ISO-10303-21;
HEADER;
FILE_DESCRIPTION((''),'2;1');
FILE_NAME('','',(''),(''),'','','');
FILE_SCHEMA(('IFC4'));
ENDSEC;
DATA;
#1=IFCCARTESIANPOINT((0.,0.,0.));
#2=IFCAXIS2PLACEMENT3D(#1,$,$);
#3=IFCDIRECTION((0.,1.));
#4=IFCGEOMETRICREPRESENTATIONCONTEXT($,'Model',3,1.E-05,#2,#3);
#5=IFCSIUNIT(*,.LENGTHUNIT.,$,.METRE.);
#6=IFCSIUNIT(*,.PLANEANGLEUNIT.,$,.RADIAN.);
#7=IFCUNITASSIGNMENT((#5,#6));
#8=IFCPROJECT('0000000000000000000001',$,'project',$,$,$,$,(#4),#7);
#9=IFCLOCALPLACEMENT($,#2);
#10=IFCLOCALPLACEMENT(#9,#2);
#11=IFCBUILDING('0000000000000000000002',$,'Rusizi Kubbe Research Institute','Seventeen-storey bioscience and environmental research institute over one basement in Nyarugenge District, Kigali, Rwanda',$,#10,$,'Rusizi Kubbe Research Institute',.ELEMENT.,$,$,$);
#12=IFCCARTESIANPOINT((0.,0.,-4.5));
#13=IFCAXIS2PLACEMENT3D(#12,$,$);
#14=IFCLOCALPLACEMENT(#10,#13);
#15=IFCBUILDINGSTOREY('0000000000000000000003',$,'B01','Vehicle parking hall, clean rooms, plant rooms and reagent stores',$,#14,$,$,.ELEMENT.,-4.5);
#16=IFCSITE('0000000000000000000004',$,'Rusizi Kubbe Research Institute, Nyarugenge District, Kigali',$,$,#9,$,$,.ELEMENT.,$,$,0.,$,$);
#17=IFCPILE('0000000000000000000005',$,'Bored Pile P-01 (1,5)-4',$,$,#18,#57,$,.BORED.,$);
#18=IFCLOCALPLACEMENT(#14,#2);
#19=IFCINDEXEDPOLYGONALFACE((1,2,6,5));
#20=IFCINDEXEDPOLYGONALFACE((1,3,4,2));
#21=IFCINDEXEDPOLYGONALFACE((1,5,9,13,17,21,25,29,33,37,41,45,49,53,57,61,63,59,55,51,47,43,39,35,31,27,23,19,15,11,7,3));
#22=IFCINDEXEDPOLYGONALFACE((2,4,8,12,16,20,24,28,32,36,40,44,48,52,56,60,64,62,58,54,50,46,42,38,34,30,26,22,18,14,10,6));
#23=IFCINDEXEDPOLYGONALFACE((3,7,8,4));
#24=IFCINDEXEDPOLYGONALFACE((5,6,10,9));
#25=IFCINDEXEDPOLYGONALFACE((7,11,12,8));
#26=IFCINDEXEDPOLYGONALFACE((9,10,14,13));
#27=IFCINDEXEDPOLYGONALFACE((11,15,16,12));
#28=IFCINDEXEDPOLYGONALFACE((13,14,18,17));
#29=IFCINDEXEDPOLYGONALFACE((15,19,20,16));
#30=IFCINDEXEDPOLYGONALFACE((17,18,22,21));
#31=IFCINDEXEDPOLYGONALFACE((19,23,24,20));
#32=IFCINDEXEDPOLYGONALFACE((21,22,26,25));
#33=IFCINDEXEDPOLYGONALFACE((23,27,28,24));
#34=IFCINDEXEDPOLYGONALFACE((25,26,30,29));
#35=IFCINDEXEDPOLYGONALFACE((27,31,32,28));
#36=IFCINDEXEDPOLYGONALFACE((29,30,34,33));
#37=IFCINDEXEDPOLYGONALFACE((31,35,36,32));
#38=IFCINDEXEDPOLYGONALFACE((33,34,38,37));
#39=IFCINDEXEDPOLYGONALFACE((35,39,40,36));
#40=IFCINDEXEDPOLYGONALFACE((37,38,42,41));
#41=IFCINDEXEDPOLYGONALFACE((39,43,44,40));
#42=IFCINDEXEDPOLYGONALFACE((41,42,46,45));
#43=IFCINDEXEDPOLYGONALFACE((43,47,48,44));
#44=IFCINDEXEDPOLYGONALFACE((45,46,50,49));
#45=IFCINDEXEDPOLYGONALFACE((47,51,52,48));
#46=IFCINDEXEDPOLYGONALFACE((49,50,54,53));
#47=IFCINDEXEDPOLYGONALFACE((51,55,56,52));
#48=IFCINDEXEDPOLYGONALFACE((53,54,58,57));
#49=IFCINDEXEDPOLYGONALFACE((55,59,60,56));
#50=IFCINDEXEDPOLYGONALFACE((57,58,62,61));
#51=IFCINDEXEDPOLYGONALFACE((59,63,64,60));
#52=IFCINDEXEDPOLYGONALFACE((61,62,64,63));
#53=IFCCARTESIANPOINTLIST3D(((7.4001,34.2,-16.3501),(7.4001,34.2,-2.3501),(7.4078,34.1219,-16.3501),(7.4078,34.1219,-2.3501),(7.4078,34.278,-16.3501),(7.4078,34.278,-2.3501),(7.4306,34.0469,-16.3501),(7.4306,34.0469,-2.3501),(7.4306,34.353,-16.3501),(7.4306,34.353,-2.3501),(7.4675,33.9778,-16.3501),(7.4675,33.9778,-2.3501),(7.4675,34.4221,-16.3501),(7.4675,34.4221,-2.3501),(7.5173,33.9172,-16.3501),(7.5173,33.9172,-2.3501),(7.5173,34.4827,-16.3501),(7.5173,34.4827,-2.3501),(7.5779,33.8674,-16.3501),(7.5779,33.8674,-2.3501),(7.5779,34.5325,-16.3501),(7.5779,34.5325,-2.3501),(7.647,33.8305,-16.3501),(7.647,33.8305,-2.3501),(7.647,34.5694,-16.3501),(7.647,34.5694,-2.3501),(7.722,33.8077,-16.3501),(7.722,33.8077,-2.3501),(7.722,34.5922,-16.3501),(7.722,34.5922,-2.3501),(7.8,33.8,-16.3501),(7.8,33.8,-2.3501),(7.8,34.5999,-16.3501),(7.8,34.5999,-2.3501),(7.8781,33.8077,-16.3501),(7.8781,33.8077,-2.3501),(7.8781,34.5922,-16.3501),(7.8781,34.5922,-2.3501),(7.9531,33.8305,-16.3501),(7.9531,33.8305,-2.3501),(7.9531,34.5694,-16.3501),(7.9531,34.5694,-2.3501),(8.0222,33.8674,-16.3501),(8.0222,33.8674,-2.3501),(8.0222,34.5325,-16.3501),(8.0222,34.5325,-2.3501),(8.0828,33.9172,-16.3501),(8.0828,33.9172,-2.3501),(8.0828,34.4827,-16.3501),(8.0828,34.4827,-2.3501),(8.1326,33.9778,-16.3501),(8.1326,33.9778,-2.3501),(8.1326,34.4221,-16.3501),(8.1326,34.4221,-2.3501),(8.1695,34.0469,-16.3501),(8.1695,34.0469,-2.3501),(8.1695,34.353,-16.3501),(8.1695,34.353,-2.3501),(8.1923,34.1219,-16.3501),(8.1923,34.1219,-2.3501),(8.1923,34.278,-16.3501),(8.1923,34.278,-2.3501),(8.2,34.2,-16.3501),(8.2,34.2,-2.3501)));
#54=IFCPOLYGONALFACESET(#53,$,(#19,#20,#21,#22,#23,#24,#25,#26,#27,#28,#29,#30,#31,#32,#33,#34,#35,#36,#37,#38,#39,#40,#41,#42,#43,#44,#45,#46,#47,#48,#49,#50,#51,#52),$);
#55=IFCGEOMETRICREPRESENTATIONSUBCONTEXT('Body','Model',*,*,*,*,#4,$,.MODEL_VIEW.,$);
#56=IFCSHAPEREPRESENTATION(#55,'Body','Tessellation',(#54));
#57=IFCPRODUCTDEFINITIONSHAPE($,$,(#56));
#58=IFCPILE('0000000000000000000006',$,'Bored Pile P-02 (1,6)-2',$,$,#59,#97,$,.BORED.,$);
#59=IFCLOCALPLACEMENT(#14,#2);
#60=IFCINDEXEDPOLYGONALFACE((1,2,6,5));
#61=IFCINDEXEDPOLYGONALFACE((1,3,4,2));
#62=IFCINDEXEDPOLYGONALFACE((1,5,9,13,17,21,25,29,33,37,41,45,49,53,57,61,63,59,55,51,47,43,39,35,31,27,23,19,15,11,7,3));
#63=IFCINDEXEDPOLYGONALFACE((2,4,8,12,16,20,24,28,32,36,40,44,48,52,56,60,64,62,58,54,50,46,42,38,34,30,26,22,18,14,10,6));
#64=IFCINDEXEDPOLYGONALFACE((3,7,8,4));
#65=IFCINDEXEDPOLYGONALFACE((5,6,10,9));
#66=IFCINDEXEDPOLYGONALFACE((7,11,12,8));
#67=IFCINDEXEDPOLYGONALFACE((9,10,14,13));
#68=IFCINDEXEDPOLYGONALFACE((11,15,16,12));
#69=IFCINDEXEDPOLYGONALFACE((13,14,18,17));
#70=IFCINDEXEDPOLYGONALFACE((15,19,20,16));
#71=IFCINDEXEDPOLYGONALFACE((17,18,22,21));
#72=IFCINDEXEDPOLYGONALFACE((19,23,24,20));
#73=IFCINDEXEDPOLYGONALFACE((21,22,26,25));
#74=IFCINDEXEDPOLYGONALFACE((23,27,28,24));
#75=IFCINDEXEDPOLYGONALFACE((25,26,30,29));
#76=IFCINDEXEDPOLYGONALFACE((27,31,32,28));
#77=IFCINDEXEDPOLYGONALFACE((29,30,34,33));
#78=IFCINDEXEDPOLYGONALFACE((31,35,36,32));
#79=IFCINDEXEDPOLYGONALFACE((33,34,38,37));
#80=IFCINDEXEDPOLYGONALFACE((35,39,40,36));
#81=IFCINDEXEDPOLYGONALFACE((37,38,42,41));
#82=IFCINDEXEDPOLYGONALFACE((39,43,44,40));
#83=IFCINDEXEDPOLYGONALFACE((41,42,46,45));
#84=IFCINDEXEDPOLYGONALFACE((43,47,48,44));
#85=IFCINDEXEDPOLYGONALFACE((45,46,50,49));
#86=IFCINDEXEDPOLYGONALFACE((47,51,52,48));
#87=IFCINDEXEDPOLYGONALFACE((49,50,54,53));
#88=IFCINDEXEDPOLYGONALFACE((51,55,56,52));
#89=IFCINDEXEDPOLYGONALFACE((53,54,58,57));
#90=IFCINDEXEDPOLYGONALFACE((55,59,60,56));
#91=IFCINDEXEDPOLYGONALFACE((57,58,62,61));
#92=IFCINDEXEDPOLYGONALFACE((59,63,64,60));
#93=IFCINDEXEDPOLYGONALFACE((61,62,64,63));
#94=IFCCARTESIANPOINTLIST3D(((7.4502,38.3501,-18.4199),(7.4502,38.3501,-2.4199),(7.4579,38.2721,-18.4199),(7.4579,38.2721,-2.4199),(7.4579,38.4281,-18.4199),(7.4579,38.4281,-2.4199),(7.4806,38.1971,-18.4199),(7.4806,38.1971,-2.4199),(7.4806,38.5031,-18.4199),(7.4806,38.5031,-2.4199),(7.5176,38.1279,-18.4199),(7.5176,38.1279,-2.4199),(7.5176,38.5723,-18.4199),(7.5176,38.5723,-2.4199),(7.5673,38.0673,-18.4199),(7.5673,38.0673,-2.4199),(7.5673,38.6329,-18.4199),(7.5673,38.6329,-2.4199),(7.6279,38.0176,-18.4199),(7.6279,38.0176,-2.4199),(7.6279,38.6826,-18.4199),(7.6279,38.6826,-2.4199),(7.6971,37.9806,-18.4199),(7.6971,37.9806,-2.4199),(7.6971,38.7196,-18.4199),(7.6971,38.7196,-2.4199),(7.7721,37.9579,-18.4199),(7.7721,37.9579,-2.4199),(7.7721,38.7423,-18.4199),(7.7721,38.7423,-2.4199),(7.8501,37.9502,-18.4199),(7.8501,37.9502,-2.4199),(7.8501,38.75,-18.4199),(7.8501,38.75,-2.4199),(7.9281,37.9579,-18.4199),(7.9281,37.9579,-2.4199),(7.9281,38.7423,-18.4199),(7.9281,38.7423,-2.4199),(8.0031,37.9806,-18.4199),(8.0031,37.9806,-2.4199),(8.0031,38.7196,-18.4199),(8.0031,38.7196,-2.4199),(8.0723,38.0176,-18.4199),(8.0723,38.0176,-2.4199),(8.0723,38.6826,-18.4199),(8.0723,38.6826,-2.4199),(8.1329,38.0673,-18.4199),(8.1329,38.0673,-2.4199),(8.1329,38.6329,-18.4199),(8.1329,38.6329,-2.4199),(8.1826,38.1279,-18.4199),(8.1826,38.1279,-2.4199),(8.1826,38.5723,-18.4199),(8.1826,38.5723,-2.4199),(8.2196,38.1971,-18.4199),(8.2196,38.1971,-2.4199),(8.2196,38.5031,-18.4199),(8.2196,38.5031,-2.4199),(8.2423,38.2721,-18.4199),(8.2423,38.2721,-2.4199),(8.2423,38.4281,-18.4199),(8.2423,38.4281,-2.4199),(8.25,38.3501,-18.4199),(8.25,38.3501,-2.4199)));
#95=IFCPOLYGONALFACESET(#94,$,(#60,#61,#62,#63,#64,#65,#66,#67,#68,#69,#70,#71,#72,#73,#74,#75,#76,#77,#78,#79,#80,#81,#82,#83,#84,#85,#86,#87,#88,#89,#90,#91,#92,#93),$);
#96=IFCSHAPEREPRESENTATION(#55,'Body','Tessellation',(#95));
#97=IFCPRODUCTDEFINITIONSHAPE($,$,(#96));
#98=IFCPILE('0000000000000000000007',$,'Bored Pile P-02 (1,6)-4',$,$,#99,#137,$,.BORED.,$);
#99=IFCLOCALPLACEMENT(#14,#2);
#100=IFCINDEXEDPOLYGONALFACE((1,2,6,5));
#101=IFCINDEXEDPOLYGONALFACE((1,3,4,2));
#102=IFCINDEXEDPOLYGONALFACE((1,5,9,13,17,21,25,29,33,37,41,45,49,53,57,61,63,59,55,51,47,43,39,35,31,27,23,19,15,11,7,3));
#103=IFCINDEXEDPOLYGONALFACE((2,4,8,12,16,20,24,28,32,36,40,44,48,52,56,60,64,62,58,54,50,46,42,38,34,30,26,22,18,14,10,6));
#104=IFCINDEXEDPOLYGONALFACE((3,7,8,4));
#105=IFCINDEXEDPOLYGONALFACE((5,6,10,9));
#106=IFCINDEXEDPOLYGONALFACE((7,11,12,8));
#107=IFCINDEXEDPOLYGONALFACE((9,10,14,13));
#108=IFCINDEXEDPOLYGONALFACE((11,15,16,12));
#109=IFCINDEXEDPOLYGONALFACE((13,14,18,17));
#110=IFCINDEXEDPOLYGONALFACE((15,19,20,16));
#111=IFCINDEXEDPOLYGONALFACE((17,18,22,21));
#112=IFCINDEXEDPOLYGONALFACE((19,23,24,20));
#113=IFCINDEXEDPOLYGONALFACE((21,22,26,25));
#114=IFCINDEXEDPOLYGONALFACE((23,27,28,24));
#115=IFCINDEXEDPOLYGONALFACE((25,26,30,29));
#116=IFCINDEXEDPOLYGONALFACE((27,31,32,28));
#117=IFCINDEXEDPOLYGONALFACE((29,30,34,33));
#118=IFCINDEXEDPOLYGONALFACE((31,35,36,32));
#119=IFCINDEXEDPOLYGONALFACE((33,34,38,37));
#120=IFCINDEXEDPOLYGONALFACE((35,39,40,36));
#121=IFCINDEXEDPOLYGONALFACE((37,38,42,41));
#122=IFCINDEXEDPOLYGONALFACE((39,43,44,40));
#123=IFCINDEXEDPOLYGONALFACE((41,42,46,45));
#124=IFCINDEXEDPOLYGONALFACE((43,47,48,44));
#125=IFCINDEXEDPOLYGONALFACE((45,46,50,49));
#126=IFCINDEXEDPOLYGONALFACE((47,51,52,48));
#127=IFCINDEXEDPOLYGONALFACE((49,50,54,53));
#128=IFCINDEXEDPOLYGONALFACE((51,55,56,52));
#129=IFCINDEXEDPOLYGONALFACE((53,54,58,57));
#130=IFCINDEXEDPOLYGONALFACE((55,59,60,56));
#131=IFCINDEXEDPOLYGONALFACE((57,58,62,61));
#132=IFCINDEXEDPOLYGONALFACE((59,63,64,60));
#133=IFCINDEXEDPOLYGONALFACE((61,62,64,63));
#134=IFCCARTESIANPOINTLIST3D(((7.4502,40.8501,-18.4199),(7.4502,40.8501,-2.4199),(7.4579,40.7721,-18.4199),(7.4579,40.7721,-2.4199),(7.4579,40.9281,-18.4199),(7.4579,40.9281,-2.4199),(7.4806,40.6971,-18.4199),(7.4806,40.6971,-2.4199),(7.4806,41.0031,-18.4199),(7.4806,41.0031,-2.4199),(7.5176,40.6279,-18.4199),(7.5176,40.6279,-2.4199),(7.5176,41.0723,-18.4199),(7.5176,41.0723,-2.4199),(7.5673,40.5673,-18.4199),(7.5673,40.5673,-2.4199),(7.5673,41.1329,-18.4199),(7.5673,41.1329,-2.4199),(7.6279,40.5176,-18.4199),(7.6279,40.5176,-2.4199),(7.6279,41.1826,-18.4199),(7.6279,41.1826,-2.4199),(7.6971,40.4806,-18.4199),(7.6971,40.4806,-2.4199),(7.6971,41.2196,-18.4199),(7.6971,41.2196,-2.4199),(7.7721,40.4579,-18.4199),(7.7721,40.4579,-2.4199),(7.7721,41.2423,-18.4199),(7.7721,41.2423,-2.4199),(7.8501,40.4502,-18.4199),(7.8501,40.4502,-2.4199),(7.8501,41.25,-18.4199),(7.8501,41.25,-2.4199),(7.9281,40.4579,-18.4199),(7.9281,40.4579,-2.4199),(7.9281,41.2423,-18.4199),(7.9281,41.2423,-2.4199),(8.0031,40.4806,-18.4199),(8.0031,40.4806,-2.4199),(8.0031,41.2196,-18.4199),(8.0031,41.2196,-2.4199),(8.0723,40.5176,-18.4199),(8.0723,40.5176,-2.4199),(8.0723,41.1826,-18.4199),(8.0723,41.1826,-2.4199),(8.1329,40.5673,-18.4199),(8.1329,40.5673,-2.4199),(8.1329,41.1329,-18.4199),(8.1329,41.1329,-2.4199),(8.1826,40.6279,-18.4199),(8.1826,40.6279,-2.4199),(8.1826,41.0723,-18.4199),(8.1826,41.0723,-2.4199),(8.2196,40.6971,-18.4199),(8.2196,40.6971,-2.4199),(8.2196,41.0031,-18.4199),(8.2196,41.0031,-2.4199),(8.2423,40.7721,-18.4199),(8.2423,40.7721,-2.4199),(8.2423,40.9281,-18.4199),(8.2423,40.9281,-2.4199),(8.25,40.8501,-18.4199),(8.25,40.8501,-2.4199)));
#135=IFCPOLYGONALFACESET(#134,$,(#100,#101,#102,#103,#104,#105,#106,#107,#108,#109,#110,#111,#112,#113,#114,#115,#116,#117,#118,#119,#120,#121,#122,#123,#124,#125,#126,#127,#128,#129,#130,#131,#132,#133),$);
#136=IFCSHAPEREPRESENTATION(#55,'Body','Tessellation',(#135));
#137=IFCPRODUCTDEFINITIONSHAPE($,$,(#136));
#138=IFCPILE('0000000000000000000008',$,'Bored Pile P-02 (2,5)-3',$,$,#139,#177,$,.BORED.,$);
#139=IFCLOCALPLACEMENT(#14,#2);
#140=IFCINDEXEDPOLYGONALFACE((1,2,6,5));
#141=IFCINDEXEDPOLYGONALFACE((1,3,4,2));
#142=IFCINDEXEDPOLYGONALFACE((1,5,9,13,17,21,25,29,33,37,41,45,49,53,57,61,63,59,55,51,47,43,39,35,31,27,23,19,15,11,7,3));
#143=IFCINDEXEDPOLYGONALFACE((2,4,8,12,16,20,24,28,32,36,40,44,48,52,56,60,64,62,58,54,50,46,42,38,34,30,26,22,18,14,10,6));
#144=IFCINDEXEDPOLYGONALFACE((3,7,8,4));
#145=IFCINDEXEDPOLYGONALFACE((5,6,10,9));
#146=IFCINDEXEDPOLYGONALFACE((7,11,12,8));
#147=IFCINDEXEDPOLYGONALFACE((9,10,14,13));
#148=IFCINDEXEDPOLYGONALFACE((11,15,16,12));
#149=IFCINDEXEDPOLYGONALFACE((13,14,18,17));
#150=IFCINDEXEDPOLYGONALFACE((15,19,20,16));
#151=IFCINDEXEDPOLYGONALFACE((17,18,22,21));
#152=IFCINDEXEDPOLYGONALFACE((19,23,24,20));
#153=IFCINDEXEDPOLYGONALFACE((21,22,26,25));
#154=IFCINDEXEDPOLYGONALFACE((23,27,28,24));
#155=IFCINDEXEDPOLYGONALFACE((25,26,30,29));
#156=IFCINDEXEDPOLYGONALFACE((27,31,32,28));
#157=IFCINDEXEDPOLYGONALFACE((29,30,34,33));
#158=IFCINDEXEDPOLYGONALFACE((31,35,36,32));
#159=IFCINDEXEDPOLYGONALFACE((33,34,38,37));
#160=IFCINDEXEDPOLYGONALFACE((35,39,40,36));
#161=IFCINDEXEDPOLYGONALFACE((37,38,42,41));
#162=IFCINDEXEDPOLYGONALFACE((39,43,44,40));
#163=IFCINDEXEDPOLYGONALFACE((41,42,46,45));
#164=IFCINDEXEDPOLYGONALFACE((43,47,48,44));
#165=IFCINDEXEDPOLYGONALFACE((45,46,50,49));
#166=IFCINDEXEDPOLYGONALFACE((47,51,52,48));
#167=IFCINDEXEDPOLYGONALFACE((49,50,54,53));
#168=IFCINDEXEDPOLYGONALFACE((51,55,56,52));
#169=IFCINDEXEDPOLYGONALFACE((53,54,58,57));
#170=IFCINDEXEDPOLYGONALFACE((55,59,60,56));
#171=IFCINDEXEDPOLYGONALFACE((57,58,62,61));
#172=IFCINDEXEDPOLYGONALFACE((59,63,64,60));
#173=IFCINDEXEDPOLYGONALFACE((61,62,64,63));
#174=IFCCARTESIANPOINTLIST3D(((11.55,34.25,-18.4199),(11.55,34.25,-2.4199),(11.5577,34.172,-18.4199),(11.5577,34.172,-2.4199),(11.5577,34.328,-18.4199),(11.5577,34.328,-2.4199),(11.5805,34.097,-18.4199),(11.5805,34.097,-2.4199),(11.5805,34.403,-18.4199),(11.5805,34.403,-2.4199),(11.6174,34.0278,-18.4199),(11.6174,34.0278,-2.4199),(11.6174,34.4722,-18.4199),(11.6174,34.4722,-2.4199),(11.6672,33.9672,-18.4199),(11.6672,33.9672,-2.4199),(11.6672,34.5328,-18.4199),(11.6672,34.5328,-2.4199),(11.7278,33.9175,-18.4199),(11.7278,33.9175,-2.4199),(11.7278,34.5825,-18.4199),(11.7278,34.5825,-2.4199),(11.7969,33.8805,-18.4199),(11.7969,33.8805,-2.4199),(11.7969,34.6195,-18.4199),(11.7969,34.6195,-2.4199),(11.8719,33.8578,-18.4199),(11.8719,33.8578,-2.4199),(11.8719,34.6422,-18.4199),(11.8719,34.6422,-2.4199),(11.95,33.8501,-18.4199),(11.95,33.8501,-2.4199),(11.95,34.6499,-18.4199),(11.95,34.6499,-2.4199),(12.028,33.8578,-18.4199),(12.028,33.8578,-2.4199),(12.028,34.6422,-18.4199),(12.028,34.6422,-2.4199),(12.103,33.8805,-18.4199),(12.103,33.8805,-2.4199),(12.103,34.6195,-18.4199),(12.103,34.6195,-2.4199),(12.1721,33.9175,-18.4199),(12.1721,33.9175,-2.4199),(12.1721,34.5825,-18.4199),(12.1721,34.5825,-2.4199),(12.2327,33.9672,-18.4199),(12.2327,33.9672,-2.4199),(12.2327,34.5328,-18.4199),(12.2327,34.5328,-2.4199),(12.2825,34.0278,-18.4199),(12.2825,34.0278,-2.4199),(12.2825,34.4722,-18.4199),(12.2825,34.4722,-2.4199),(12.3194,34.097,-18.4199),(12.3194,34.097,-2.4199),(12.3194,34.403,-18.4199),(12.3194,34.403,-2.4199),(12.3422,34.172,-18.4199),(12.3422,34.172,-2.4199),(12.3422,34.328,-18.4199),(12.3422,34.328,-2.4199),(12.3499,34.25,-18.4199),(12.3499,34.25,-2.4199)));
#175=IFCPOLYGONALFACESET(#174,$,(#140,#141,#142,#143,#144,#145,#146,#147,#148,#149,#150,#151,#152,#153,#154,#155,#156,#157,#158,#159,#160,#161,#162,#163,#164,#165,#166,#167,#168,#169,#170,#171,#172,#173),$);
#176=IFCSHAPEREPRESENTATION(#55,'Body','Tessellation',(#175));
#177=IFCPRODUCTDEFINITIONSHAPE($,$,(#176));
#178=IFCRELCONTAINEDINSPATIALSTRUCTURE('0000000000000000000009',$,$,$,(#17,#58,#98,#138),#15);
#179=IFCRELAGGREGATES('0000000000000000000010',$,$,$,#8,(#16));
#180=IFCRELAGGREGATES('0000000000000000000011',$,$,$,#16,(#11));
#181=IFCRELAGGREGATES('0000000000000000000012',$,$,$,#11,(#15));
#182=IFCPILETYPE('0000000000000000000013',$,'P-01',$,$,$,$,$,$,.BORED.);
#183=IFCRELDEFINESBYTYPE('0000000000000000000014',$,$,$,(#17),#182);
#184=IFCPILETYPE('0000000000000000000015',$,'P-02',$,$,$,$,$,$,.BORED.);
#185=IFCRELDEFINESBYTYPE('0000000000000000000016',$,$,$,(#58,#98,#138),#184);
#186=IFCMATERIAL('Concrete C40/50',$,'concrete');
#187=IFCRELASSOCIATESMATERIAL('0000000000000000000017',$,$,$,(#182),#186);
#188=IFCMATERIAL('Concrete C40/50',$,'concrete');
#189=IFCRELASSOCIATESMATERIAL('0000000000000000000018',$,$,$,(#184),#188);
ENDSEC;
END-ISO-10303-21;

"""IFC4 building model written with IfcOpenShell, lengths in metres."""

from ifc_helpers import new_model, si_unit, direction, frame, origin, origin_2d, place, context, subcontext, project, spatial, circle, extrude, material, material_profile, profile_set, type_object, element, save


model = new_model("IFC4")

# Units and contexts
model_context = context("Model", 3, precision=1e-05, world=origin(), true_north=direction((0.0, 1.0)))
body_context = subcontext(model_context, "Body", "Model", "MODEL_VIEW")
ifc_project = project(units=[si_unit("LENGTHUNIT", "METRE"), si_unit("PLANEANGLEUNIT", "RADIAN")], contexts=[model_context])

# Site, building, storey
site_placement = place(None, origin())
site = spatial("IfcSite", under=ifc_project, at=site_placement, Name="Rusizi Kubbe Research Institute, Nyarugenge District, Kigali", CompositionType="ELEMENT", RefElevation=0.0)
building_placement = place(site_placement, origin())
building = spatial("IfcBuilding", under=site, at=building_placement, Name="Rusizi Kubbe Research Institute", Description="Seventeen-storey bioscience and environmental research institute over one basement in Nyarugenge District, Kigali, Rwanda", LongName="Rusizi Kubbe Research Institute", CompositionType="ELEMENT")
storey_placement = place(building_placement, frame((0.0, 0.0, -4.5)))
storey = spatial("IfcBuildingStorey", under=building, at=storey_placement, Name="B01", Description="Vehicle parking hall, clean rooms, plant rooms and reagent stores", CompositionType="ELEMENT", Elevation=-4.5)

# Piles
ifc_material_1 = material(Name="Concrete C40/50", Category="concrete")
ifc_material_profile_1 = material_profile(ifc_material_1, circle(Radius=0.3999, at=origin_2d()), Name="PILE-D800")
ifc_profile_set_1 = profile_set([ifc_material_profile_1], Name="Concrete C40/50")
pile_type_1 = type_object("IfcPileType", Name="P-01", PredefinedType="BORED", material=ifc_profile_set_1)
pile_placement = place(storey_placement, frame((7.8, 34.2, -2.3501), z_axis=(0.0, 0.0, -1.0), x_axis=(1.0, 0.0, 0.0)))
element("IfcPile", 1, at=pile_placement, inside=storey, type_object=pile_type_1, Name="Bored Pile P-01 (1,5)-4", PredefinedType="BORED", context=body_context, shape_type="SweptSolid", body=[
    extrude(circle(Radius=0.3999, at=origin_2d()), origin(), (0.0, 0.0, 1.0), 14.0),
])
ifc_material_2 = material(Name="Concrete C40/50", Category="concrete")
ifc_material_profile_2 = material_profile(ifc_material_2, circle(Radius=0.3999, at=origin_2d()), Name="PILE-D800")
ifc_profile_set_2 = profile_set([ifc_material_profile_2], Name="Concrete C40/50")
pile_type_2 = type_object("IfcPileType", Name="P-02", PredefinedType="BORED", material=ifc_profile_set_2)
for number, where, z_axis, x_axis, name in (
    (2, (7.8501, 38.3501, -2.4199), (0.0, 0.0, -1.0), (1.0, 0.0, 0.0), "Bored Pile P-02 (1,6)-2"),
    (3, (7.8501, 40.8501, -2.4199), (0.0, 0.0, -1.0), (1.0, 0.0, 0.0), "Bored Pile P-02 (1,6)-4"),
    (4, (11.95, 34.25, -2.4199), (0.0, 0.0, -1.0), (1.0, 0.0, 0.0), "Bored Pile P-02 (2,5)-3"),
):
    element("IfcPile", number, at=place(storey_placement, frame(where, z_axis=z_axis, x_axis=x_axis)), inside=storey, type_object=pile_type_2, Name=name, PredefinedType="BORED", context=body_context, shape_type="SweptSolid", body=[
        extrude(circle(Radius=0.3999, at=origin_2d()), origin(), (0.0, 0.0, 1.0), 16.0),
    ])

save(model, "model.ifc")
